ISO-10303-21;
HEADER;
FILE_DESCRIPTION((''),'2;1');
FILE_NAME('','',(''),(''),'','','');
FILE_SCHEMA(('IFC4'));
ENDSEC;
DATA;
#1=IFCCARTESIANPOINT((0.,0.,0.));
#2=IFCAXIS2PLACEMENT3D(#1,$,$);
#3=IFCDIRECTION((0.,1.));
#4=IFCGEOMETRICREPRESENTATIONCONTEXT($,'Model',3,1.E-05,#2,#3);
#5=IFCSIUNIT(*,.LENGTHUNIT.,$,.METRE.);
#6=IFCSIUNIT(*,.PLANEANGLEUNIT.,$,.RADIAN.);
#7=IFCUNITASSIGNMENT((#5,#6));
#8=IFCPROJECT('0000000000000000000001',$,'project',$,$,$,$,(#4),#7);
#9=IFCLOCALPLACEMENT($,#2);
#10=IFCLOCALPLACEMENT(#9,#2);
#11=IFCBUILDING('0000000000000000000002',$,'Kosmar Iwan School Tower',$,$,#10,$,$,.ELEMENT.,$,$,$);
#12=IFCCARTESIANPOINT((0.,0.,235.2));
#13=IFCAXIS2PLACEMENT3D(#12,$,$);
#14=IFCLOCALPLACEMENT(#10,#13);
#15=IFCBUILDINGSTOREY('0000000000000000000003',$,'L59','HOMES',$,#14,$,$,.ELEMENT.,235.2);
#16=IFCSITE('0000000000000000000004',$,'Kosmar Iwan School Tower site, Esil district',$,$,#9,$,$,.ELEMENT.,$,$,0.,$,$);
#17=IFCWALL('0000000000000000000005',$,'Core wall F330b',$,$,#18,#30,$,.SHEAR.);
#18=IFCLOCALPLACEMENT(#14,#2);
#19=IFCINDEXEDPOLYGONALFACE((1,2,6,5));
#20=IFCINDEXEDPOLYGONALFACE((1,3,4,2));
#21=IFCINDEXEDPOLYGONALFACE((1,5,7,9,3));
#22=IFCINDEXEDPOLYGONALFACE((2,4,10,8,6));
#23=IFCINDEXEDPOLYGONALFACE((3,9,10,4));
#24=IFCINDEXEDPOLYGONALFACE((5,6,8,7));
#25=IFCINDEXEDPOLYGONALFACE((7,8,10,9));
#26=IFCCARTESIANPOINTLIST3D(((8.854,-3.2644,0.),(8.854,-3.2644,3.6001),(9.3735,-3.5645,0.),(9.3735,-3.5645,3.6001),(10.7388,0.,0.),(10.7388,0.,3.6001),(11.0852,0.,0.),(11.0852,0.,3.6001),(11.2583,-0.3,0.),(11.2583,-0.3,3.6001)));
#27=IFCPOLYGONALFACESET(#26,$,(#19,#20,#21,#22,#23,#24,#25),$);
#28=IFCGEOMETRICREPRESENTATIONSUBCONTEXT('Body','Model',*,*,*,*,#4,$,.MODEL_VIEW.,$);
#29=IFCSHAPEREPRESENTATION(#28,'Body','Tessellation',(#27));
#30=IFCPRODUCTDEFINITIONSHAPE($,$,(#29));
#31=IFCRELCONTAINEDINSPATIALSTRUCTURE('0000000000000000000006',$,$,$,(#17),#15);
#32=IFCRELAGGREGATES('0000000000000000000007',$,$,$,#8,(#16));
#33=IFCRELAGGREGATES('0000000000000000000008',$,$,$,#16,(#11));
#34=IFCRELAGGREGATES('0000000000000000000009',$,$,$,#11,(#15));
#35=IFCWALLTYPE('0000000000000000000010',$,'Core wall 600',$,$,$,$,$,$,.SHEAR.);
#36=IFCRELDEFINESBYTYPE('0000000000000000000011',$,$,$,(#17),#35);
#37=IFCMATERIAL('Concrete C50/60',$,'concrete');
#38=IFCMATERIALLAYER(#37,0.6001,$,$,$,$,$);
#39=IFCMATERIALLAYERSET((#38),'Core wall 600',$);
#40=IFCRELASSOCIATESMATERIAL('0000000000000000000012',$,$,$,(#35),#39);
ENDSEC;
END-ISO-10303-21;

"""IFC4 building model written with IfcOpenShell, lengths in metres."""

from ifc_helpers import new_model, si_unit, direction, frame, origin, place, context, subcontext, project, spatial, polyline, outline, extrude, material, layer, layer_set, type_object, element, save


model = new_model("IFC4")

# Units and contexts
model_context = context("Model", 3, precision=1e-05, world=origin(), true_north=direction((0.0, 1.0)))
body_context = subcontext(model_context, "Body", "Model", "MODEL_VIEW")
ifc_project = project(units=[si_unit("LENGTHUNIT", "METRE"), si_unit("PLANEANGLEUNIT", "RADIAN")], contexts=[model_context])

# Site, building, storey
site_placement = place(None, origin())
site = spatial("IfcSite", under=ifc_project, at=site_placement, Name="Kosmar Iwan School Tower site, Esil district", CompositionType="ELEMENT", RefElevation=0.0)
building_placement = place(site_placement, origin())
building = spatial("IfcBuilding", under=site, at=building_placement, Name="Kosmar Iwan School Tower", CompositionType="ELEMENT")
storey_placement = place(building_placement, frame((0.0, 0.0, 235.2)))
storey = spatial("IfcBuildingStorey", under=building, at=storey_placement, Name="L59", Description="HOMES", CompositionType="ELEMENT", Elevation=235.2)

# Wall
ifc_material_1 = material(Name="Concrete C50/60", Category="concrete")
ifc_layer_1 = layer(ifc_material_1, 0.6001)
ifc_layer_set_1 = layer_set([ifc_layer_1], Name="Core wall 600")
wall_type = type_object("IfcWallType", Name="Core wall 600", PredefinedType="SHEAR", material=ifc_layer_set_1)
wall_1_placement = place(storey_placement, origin())
element("IfcWall", 1, at=wall_1_placement, inside=storey, type_object=wall_type, Name="Core wall F330b", PredefinedType="SHEAR", context=body_context, shape_type="SweptSolid", body=[
    extrude(outline(polyline([(9.3735, -3.5645), (11.2583, -0.3), (11.0852, 0.0), (10.7388, 0.0), (8.854, -3.2644), (9.3735, -3.5645)])), origin(), (0.0, 0.0, 1.0), 3.6001),
])

save(model, "model.ifc")
